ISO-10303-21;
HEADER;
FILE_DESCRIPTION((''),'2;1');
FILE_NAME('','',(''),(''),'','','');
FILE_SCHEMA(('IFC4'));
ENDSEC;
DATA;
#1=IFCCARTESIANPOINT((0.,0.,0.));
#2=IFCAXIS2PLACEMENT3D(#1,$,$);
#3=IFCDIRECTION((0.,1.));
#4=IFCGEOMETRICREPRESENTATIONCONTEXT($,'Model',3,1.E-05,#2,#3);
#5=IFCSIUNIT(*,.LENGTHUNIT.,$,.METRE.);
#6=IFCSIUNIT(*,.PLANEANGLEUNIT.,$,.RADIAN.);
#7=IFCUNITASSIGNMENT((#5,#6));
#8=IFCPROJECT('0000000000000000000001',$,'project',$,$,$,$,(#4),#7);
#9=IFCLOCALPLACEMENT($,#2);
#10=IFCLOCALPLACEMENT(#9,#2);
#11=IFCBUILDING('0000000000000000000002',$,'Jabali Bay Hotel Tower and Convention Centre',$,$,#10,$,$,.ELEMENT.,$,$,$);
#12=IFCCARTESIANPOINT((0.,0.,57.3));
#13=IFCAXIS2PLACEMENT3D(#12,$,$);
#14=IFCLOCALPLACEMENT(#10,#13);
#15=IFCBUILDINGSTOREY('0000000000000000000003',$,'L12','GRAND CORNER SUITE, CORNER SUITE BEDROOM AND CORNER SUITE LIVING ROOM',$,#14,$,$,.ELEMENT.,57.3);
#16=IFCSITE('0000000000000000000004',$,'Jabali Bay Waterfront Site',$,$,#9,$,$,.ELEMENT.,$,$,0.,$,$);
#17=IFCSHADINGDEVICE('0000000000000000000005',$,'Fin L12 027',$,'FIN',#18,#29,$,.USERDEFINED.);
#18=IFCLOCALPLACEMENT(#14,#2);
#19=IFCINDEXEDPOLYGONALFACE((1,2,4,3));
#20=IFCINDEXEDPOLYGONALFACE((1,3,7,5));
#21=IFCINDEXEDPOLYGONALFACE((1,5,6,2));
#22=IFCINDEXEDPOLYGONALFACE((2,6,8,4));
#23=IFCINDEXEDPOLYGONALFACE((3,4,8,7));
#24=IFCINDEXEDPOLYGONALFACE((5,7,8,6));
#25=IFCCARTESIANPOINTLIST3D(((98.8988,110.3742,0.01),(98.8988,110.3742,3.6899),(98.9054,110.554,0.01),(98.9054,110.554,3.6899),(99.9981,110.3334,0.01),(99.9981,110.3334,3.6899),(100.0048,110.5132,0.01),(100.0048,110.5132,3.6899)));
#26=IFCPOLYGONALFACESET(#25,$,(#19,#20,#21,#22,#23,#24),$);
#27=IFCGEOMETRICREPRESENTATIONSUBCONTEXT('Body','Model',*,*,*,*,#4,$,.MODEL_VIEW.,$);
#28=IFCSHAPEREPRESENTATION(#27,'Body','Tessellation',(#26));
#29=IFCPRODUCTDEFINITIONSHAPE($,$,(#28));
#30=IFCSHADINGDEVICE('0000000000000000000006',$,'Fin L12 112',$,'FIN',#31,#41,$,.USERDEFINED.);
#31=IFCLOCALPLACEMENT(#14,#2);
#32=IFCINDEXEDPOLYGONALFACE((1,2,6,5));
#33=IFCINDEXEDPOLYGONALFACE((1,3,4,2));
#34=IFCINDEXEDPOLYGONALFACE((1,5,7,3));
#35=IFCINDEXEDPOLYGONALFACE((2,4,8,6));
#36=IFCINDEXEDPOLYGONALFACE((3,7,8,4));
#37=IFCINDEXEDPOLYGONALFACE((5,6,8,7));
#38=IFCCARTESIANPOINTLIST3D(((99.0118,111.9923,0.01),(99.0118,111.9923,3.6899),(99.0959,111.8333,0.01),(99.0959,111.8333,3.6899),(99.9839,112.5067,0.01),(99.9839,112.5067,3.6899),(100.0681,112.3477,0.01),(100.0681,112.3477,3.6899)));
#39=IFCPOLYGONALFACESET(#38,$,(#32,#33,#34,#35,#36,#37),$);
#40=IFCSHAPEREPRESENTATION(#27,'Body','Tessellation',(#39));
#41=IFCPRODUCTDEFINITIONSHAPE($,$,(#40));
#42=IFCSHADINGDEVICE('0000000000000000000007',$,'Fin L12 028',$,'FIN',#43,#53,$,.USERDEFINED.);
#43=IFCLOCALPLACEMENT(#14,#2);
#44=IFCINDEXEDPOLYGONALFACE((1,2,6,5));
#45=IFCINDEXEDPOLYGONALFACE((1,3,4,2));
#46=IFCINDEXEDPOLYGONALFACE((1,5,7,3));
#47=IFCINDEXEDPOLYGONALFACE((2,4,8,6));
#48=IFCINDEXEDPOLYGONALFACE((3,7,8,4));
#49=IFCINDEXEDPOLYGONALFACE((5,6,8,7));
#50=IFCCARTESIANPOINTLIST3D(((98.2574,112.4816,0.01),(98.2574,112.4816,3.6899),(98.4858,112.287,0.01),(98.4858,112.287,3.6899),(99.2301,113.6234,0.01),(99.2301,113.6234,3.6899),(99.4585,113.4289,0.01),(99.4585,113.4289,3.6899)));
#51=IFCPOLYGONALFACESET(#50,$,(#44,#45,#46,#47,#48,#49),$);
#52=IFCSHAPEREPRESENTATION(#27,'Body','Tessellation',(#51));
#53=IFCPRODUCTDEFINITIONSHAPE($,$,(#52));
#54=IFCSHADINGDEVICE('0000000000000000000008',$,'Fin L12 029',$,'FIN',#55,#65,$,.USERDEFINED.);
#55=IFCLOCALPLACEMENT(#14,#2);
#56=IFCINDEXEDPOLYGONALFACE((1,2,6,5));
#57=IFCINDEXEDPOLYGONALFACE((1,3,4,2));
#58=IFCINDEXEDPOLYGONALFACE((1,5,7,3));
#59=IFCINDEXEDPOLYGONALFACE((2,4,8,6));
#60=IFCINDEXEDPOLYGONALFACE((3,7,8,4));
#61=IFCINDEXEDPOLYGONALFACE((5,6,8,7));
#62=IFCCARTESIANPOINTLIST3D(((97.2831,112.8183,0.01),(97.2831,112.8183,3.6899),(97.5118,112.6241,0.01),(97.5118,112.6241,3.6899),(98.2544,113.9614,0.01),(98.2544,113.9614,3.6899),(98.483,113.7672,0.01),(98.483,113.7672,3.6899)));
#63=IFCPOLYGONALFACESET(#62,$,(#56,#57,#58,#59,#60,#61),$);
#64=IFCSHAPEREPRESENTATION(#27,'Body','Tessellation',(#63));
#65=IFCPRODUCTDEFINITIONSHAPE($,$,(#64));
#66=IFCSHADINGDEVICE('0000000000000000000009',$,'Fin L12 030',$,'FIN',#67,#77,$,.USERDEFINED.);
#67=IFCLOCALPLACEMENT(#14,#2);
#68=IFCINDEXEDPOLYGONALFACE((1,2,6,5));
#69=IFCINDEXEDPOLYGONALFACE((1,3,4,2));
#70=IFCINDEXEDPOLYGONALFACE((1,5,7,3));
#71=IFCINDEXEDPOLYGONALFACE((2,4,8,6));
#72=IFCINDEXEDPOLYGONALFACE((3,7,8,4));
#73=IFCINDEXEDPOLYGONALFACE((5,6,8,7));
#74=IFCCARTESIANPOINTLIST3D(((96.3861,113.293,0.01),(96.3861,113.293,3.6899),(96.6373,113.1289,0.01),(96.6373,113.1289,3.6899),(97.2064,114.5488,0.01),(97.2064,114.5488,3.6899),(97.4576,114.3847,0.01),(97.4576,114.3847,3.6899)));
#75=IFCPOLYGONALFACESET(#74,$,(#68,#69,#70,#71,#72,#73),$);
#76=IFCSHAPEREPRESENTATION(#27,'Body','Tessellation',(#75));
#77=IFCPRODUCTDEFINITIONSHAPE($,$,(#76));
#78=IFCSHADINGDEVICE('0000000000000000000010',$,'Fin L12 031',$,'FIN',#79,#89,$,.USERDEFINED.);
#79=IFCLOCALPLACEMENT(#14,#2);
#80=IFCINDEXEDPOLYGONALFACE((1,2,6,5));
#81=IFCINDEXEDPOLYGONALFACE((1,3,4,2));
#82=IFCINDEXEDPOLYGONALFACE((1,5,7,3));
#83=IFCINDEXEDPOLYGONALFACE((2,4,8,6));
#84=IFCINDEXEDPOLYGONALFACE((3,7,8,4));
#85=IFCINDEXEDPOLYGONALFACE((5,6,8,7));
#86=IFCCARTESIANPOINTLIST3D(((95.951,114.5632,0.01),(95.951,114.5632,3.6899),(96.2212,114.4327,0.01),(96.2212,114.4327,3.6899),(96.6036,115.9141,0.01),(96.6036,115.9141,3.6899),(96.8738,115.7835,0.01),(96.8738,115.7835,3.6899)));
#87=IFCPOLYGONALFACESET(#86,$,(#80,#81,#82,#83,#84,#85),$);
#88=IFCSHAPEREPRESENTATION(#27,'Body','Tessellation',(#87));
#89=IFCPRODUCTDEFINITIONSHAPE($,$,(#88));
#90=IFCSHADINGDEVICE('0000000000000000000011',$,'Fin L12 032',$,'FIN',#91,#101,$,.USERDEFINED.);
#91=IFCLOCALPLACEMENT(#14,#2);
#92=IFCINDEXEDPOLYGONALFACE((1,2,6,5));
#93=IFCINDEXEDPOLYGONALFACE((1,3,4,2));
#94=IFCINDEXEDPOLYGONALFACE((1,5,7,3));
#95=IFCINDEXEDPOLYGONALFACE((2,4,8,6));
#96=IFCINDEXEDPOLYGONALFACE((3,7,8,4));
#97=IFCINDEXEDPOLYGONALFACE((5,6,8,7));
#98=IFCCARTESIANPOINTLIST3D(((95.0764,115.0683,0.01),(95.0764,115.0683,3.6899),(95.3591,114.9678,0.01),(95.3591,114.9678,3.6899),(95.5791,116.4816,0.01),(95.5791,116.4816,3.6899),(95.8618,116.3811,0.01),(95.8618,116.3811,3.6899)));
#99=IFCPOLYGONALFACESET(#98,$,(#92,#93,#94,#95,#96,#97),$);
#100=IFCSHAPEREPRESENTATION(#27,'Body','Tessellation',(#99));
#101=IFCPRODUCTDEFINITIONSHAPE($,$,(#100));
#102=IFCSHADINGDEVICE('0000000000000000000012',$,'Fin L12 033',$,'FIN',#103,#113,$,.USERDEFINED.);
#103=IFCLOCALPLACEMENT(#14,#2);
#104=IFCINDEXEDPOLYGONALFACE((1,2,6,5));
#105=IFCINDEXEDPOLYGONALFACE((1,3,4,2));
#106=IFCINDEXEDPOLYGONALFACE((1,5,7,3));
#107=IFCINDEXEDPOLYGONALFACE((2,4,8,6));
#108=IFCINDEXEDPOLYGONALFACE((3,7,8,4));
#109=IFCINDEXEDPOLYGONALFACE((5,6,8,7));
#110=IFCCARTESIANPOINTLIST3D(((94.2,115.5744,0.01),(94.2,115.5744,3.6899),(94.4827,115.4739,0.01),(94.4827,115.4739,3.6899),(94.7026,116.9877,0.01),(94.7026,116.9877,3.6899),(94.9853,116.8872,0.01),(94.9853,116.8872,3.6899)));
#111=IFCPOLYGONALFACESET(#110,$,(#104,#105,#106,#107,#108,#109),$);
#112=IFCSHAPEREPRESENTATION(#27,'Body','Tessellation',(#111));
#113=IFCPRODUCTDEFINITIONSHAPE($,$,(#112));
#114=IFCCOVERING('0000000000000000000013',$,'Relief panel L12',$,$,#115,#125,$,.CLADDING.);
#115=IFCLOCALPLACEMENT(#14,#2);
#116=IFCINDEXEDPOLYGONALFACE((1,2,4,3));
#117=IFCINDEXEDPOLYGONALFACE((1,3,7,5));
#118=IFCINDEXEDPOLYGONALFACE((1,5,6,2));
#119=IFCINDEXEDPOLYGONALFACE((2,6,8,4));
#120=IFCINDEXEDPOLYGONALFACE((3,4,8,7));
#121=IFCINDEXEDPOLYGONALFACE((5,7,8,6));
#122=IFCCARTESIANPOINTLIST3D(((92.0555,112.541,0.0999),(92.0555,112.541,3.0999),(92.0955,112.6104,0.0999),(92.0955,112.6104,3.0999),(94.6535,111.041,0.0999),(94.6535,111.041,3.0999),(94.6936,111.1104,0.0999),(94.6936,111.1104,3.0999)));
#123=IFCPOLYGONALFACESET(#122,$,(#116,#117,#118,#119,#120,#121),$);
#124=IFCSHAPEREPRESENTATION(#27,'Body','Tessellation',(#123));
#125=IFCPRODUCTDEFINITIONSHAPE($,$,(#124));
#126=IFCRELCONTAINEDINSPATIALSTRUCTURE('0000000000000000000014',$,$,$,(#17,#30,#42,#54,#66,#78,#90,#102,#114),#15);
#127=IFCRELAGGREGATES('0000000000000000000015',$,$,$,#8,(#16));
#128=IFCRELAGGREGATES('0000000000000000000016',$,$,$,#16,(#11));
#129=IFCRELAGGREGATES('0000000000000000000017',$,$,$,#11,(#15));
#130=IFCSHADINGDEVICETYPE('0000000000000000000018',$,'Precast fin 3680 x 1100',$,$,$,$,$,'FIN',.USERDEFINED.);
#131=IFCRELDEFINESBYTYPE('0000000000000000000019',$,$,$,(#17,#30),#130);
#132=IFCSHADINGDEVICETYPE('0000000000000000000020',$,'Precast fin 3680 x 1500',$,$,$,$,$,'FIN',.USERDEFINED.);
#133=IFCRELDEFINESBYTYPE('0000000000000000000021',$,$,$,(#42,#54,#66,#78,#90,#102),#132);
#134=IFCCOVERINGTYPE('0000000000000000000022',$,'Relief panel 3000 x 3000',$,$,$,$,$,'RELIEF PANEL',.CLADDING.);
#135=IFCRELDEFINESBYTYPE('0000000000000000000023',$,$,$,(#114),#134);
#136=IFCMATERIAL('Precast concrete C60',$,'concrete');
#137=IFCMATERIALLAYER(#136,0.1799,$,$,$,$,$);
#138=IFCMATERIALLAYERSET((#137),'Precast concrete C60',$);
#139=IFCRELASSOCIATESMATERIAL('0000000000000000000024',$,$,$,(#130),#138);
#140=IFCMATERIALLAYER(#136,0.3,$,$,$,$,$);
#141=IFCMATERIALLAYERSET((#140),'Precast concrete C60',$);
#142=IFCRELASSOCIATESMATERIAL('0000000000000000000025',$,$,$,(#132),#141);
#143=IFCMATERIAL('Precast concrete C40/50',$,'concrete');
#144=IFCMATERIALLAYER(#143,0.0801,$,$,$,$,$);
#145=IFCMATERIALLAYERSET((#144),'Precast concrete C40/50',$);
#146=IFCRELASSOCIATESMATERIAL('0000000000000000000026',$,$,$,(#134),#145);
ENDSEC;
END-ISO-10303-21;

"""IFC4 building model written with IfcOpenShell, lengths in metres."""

from ifc_helpers import new_model, si_unit, direction, frame, frame_2d, origin, origin_2d, place, context, subcontext, project, spatial, rectangle, extrude, material, layer, layer_set, type_object, element, save


model = new_model("IFC4")

# Units and contexts
model_context = context("Model", 3, precision=1e-05, world=origin(), true_north=direction((0.0, 1.0)))
body_context = subcontext(model_context, "Body", "Model", "MODEL_VIEW")
ifc_project = project(units=[si_unit("LENGTHUNIT", "METRE"), si_unit("PLANEANGLEUNIT", "RADIAN")], contexts=[model_context])

# Site, building, storey
site_placement = place(None, origin())
site = spatial("IfcSite", under=ifc_project, at=site_placement, Name="Jabali Bay Waterfront Site", CompositionType="ELEMENT", RefElevation=0.0)
building_placement = place(site_placement, origin())
building = spatial("IfcBuilding", under=site, at=building_placement, Name="Jabali Bay Hotel Tower and Convention Centre", CompositionType="ELEMENT")
storey_placement = place(building_placement, frame((0.0, 0.0, 57.3)))
storey = spatial("IfcBuildingStorey", under=building, at=storey_placement, Name="L12", Description="GRAND CORNER SUITE, CORNER SUITE BEDROOM AND CORNER SUITE LIVING ROOM", CompositionType="ELEMENT", Elevation=57.3)

# Shading devices
ifc_material_1 = material(Name="Precast concrete C60", Category="concrete")
ifc_layer_1 = layer(ifc_material_1, 0.1799)
ifc_layer_set_1 = layer_set([ifc_layer_1], Name="Precast concrete C60")
shading_device_type_1 = type_object("IfcShadingDeviceType", Name="Precast fin 3680 x 1100", ElementType="FIN", PredefinedType="USERDEFINED", material=ifc_layer_set_1)
shading_device_1_placement = place(storey_placement, frame((98.9021, 110.4641, 0.01), z_axis=(0.0, 0.0, 1.0), x_axis=(0.999313, -0.037061, 0.0)))
element("IfcShadingDevice", 1, at=shading_device_1_placement, inside=storey, type_object=shading_device_type_1, Name="Fin L12 027", ObjectType="FIN", PredefinedType="USERDEFINED", context=body_context, shape_type="SweptSolid", body=[
    extrude(rectangle(XDim=1.1001, YDim=0.1799, at=frame_2d((0.55, 0.0))), origin(), (0.0, 0.0, 1.0), 3.6799),
])
shading_device_2_placement = place(storey_placement, frame((99.054, 111.9128, 0.01), z_axis=(0.0, 0.0, 1.0), x_axis=(0.88389, 0.467694, 0.0)))
element("IfcShadingDevice", 2, at=shading_device_2_placement, inside=storey, type_object=shading_device_type_1, Name="Fin L12 112", ObjectType="FIN", PredefinedType="USERDEFINED", context=body_context, shape_type="SweptSolid", body=[
    extrude(rectangle(XDim=1.0999, YDim=0.1799, at=frame_2d((0.5498, 0.0))), origin(), (0.0, 0.0, 1.0), 3.6799),
])
ifc_layer_2 = layer(ifc_material_1, 0.3)
ifc_layer_set_2 = layer_set([ifc_layer_2], Name="Precast concrete C60")
shading_device_type_2 = type_object("IfcShadingDeviceType", Name="Precast fin 3680 x 1500", ElementType="FIN", PredefinedType="USERDEFINED", material=ifc_layer_set_2)
for number, where, z_axis, x_axis, name in (
    (3, (98.3716, 112.3843, 0.01), (0.0, 0.0, 1.0), (0.648456, 0.761252, 0.0), "Fin L12 028"),
    (4, (97.3975, 112.7212, 0.01), (0.0, 0.0, 1.0), (0.647488, 0.762076, 0.0), "Fin L12 029"),
    (5, (96.5117, 113.2109, 0.01), (0.0, 0.0, 1.0), (0.546863, 0.837222, 0.0), "Fin L12 030"),
):
    element("IfcShadingDevice", number, at=place(storey_placement, frame(where, z_axis=z_axis, x_axis=x_axis)), inside=storey, type_object=shading_device_type_2, Name=name, ObjectType="FIN", PredefinedType="USERDEFINED", context=body_context, shape_type="SweptSolid", body=[
        extrude(rectangle(XDim=1.5, YDim=0.3, at=frame_2d((0.75, 0.0))), origin(), (0.0, 0.0, 1.0), 3.6799),
    ])
shading_device_3_placement = place(storey_placement, frame((96.0862, 114.498, 0.01), z_axis=(0.0, 0.0, 1.0), x_axis=(0.434999, 0.900431, 0.0)))
element("IfcShadingDevice", 6, at=shading_device_3_placement, inside=storey, type_object=shading_device_type_2, Name="Fin L12 031", ObjectType="FIN", PredefinedType="USERDEFINED", context=body_context, shape_type="SweptSolid", body=[
    extrude(rectangle(XDim=1.5002, YDim=0.3, at=frame_2d((0.75, 0.0))), origin(), (0.0, 0.0, 1.0), 3.6799),
])
for number, where, z_axis, x_axis, name in (
    (7, (95.2178, 115.0181, 0.01), (0.0, 0.0, 1.0), (0.335109, 0.942179, 0.0), "Fin L12 032"),
    (8, (94.3413, 115.5242, 0.01), (0.0, 0.0, 1.0), (0.335109, 0.942179, 0.0), "Fin L12 033"),
):
    element("IfcShadingDevice", number, at=place(storey_placement, frame(where, z_axis=z_axis, x_axis=x_axis)), inside=storey, type_object=shading_device_type_2, Name=name, ObjectType="FIN", PredefinedType="USERDEFINED", context=body_context, shape_type="SweptSolid", body=[
        extrude(rectangle(XDim=1.5, YDim=0.3, at=frame_2d((0.75, 0.0))), origin(), (0.0, 0.0, 1.0), 3.6799),
    ])

# Covering
ifc_material_2 = material(Name="Precast concrete C40/50", Category="concrete")
ifc_layer_3 = layer(ifc_material_2, 0.0801)
ifc_layer_set_3 = layer_set([ifc_layer_3], Name="Precast concrete C40/50")
covering_type = type_object("IfcCoveringType", Name="Relief panel 3000 x 3000", ElementType="RELIEF PANEL", PredefinedType="CLADDING", material=ifc_layer_set_3)
covering_placement = place(storey_placement, frame((93.3745, 111.8257, 0.0999), z_axis=(0.0, 0.0, 1.0), x_axis=(0.866025, -0.5, 0.0)))
element("IfcCovering", 9, at=covering_placement, inside=storey, type_object=covering_type, Name="Relief panel L12", PredefinedType="CLADDING", context=body_context, shape_type="SweptSolid", body=[
    extrude(rectangle(XDim=3.0, YDim=0.0801, at=origin_2d()), origin(), (0.0, 0.0, 1.0), 3.0),
])

save(model, "model.ifc")
